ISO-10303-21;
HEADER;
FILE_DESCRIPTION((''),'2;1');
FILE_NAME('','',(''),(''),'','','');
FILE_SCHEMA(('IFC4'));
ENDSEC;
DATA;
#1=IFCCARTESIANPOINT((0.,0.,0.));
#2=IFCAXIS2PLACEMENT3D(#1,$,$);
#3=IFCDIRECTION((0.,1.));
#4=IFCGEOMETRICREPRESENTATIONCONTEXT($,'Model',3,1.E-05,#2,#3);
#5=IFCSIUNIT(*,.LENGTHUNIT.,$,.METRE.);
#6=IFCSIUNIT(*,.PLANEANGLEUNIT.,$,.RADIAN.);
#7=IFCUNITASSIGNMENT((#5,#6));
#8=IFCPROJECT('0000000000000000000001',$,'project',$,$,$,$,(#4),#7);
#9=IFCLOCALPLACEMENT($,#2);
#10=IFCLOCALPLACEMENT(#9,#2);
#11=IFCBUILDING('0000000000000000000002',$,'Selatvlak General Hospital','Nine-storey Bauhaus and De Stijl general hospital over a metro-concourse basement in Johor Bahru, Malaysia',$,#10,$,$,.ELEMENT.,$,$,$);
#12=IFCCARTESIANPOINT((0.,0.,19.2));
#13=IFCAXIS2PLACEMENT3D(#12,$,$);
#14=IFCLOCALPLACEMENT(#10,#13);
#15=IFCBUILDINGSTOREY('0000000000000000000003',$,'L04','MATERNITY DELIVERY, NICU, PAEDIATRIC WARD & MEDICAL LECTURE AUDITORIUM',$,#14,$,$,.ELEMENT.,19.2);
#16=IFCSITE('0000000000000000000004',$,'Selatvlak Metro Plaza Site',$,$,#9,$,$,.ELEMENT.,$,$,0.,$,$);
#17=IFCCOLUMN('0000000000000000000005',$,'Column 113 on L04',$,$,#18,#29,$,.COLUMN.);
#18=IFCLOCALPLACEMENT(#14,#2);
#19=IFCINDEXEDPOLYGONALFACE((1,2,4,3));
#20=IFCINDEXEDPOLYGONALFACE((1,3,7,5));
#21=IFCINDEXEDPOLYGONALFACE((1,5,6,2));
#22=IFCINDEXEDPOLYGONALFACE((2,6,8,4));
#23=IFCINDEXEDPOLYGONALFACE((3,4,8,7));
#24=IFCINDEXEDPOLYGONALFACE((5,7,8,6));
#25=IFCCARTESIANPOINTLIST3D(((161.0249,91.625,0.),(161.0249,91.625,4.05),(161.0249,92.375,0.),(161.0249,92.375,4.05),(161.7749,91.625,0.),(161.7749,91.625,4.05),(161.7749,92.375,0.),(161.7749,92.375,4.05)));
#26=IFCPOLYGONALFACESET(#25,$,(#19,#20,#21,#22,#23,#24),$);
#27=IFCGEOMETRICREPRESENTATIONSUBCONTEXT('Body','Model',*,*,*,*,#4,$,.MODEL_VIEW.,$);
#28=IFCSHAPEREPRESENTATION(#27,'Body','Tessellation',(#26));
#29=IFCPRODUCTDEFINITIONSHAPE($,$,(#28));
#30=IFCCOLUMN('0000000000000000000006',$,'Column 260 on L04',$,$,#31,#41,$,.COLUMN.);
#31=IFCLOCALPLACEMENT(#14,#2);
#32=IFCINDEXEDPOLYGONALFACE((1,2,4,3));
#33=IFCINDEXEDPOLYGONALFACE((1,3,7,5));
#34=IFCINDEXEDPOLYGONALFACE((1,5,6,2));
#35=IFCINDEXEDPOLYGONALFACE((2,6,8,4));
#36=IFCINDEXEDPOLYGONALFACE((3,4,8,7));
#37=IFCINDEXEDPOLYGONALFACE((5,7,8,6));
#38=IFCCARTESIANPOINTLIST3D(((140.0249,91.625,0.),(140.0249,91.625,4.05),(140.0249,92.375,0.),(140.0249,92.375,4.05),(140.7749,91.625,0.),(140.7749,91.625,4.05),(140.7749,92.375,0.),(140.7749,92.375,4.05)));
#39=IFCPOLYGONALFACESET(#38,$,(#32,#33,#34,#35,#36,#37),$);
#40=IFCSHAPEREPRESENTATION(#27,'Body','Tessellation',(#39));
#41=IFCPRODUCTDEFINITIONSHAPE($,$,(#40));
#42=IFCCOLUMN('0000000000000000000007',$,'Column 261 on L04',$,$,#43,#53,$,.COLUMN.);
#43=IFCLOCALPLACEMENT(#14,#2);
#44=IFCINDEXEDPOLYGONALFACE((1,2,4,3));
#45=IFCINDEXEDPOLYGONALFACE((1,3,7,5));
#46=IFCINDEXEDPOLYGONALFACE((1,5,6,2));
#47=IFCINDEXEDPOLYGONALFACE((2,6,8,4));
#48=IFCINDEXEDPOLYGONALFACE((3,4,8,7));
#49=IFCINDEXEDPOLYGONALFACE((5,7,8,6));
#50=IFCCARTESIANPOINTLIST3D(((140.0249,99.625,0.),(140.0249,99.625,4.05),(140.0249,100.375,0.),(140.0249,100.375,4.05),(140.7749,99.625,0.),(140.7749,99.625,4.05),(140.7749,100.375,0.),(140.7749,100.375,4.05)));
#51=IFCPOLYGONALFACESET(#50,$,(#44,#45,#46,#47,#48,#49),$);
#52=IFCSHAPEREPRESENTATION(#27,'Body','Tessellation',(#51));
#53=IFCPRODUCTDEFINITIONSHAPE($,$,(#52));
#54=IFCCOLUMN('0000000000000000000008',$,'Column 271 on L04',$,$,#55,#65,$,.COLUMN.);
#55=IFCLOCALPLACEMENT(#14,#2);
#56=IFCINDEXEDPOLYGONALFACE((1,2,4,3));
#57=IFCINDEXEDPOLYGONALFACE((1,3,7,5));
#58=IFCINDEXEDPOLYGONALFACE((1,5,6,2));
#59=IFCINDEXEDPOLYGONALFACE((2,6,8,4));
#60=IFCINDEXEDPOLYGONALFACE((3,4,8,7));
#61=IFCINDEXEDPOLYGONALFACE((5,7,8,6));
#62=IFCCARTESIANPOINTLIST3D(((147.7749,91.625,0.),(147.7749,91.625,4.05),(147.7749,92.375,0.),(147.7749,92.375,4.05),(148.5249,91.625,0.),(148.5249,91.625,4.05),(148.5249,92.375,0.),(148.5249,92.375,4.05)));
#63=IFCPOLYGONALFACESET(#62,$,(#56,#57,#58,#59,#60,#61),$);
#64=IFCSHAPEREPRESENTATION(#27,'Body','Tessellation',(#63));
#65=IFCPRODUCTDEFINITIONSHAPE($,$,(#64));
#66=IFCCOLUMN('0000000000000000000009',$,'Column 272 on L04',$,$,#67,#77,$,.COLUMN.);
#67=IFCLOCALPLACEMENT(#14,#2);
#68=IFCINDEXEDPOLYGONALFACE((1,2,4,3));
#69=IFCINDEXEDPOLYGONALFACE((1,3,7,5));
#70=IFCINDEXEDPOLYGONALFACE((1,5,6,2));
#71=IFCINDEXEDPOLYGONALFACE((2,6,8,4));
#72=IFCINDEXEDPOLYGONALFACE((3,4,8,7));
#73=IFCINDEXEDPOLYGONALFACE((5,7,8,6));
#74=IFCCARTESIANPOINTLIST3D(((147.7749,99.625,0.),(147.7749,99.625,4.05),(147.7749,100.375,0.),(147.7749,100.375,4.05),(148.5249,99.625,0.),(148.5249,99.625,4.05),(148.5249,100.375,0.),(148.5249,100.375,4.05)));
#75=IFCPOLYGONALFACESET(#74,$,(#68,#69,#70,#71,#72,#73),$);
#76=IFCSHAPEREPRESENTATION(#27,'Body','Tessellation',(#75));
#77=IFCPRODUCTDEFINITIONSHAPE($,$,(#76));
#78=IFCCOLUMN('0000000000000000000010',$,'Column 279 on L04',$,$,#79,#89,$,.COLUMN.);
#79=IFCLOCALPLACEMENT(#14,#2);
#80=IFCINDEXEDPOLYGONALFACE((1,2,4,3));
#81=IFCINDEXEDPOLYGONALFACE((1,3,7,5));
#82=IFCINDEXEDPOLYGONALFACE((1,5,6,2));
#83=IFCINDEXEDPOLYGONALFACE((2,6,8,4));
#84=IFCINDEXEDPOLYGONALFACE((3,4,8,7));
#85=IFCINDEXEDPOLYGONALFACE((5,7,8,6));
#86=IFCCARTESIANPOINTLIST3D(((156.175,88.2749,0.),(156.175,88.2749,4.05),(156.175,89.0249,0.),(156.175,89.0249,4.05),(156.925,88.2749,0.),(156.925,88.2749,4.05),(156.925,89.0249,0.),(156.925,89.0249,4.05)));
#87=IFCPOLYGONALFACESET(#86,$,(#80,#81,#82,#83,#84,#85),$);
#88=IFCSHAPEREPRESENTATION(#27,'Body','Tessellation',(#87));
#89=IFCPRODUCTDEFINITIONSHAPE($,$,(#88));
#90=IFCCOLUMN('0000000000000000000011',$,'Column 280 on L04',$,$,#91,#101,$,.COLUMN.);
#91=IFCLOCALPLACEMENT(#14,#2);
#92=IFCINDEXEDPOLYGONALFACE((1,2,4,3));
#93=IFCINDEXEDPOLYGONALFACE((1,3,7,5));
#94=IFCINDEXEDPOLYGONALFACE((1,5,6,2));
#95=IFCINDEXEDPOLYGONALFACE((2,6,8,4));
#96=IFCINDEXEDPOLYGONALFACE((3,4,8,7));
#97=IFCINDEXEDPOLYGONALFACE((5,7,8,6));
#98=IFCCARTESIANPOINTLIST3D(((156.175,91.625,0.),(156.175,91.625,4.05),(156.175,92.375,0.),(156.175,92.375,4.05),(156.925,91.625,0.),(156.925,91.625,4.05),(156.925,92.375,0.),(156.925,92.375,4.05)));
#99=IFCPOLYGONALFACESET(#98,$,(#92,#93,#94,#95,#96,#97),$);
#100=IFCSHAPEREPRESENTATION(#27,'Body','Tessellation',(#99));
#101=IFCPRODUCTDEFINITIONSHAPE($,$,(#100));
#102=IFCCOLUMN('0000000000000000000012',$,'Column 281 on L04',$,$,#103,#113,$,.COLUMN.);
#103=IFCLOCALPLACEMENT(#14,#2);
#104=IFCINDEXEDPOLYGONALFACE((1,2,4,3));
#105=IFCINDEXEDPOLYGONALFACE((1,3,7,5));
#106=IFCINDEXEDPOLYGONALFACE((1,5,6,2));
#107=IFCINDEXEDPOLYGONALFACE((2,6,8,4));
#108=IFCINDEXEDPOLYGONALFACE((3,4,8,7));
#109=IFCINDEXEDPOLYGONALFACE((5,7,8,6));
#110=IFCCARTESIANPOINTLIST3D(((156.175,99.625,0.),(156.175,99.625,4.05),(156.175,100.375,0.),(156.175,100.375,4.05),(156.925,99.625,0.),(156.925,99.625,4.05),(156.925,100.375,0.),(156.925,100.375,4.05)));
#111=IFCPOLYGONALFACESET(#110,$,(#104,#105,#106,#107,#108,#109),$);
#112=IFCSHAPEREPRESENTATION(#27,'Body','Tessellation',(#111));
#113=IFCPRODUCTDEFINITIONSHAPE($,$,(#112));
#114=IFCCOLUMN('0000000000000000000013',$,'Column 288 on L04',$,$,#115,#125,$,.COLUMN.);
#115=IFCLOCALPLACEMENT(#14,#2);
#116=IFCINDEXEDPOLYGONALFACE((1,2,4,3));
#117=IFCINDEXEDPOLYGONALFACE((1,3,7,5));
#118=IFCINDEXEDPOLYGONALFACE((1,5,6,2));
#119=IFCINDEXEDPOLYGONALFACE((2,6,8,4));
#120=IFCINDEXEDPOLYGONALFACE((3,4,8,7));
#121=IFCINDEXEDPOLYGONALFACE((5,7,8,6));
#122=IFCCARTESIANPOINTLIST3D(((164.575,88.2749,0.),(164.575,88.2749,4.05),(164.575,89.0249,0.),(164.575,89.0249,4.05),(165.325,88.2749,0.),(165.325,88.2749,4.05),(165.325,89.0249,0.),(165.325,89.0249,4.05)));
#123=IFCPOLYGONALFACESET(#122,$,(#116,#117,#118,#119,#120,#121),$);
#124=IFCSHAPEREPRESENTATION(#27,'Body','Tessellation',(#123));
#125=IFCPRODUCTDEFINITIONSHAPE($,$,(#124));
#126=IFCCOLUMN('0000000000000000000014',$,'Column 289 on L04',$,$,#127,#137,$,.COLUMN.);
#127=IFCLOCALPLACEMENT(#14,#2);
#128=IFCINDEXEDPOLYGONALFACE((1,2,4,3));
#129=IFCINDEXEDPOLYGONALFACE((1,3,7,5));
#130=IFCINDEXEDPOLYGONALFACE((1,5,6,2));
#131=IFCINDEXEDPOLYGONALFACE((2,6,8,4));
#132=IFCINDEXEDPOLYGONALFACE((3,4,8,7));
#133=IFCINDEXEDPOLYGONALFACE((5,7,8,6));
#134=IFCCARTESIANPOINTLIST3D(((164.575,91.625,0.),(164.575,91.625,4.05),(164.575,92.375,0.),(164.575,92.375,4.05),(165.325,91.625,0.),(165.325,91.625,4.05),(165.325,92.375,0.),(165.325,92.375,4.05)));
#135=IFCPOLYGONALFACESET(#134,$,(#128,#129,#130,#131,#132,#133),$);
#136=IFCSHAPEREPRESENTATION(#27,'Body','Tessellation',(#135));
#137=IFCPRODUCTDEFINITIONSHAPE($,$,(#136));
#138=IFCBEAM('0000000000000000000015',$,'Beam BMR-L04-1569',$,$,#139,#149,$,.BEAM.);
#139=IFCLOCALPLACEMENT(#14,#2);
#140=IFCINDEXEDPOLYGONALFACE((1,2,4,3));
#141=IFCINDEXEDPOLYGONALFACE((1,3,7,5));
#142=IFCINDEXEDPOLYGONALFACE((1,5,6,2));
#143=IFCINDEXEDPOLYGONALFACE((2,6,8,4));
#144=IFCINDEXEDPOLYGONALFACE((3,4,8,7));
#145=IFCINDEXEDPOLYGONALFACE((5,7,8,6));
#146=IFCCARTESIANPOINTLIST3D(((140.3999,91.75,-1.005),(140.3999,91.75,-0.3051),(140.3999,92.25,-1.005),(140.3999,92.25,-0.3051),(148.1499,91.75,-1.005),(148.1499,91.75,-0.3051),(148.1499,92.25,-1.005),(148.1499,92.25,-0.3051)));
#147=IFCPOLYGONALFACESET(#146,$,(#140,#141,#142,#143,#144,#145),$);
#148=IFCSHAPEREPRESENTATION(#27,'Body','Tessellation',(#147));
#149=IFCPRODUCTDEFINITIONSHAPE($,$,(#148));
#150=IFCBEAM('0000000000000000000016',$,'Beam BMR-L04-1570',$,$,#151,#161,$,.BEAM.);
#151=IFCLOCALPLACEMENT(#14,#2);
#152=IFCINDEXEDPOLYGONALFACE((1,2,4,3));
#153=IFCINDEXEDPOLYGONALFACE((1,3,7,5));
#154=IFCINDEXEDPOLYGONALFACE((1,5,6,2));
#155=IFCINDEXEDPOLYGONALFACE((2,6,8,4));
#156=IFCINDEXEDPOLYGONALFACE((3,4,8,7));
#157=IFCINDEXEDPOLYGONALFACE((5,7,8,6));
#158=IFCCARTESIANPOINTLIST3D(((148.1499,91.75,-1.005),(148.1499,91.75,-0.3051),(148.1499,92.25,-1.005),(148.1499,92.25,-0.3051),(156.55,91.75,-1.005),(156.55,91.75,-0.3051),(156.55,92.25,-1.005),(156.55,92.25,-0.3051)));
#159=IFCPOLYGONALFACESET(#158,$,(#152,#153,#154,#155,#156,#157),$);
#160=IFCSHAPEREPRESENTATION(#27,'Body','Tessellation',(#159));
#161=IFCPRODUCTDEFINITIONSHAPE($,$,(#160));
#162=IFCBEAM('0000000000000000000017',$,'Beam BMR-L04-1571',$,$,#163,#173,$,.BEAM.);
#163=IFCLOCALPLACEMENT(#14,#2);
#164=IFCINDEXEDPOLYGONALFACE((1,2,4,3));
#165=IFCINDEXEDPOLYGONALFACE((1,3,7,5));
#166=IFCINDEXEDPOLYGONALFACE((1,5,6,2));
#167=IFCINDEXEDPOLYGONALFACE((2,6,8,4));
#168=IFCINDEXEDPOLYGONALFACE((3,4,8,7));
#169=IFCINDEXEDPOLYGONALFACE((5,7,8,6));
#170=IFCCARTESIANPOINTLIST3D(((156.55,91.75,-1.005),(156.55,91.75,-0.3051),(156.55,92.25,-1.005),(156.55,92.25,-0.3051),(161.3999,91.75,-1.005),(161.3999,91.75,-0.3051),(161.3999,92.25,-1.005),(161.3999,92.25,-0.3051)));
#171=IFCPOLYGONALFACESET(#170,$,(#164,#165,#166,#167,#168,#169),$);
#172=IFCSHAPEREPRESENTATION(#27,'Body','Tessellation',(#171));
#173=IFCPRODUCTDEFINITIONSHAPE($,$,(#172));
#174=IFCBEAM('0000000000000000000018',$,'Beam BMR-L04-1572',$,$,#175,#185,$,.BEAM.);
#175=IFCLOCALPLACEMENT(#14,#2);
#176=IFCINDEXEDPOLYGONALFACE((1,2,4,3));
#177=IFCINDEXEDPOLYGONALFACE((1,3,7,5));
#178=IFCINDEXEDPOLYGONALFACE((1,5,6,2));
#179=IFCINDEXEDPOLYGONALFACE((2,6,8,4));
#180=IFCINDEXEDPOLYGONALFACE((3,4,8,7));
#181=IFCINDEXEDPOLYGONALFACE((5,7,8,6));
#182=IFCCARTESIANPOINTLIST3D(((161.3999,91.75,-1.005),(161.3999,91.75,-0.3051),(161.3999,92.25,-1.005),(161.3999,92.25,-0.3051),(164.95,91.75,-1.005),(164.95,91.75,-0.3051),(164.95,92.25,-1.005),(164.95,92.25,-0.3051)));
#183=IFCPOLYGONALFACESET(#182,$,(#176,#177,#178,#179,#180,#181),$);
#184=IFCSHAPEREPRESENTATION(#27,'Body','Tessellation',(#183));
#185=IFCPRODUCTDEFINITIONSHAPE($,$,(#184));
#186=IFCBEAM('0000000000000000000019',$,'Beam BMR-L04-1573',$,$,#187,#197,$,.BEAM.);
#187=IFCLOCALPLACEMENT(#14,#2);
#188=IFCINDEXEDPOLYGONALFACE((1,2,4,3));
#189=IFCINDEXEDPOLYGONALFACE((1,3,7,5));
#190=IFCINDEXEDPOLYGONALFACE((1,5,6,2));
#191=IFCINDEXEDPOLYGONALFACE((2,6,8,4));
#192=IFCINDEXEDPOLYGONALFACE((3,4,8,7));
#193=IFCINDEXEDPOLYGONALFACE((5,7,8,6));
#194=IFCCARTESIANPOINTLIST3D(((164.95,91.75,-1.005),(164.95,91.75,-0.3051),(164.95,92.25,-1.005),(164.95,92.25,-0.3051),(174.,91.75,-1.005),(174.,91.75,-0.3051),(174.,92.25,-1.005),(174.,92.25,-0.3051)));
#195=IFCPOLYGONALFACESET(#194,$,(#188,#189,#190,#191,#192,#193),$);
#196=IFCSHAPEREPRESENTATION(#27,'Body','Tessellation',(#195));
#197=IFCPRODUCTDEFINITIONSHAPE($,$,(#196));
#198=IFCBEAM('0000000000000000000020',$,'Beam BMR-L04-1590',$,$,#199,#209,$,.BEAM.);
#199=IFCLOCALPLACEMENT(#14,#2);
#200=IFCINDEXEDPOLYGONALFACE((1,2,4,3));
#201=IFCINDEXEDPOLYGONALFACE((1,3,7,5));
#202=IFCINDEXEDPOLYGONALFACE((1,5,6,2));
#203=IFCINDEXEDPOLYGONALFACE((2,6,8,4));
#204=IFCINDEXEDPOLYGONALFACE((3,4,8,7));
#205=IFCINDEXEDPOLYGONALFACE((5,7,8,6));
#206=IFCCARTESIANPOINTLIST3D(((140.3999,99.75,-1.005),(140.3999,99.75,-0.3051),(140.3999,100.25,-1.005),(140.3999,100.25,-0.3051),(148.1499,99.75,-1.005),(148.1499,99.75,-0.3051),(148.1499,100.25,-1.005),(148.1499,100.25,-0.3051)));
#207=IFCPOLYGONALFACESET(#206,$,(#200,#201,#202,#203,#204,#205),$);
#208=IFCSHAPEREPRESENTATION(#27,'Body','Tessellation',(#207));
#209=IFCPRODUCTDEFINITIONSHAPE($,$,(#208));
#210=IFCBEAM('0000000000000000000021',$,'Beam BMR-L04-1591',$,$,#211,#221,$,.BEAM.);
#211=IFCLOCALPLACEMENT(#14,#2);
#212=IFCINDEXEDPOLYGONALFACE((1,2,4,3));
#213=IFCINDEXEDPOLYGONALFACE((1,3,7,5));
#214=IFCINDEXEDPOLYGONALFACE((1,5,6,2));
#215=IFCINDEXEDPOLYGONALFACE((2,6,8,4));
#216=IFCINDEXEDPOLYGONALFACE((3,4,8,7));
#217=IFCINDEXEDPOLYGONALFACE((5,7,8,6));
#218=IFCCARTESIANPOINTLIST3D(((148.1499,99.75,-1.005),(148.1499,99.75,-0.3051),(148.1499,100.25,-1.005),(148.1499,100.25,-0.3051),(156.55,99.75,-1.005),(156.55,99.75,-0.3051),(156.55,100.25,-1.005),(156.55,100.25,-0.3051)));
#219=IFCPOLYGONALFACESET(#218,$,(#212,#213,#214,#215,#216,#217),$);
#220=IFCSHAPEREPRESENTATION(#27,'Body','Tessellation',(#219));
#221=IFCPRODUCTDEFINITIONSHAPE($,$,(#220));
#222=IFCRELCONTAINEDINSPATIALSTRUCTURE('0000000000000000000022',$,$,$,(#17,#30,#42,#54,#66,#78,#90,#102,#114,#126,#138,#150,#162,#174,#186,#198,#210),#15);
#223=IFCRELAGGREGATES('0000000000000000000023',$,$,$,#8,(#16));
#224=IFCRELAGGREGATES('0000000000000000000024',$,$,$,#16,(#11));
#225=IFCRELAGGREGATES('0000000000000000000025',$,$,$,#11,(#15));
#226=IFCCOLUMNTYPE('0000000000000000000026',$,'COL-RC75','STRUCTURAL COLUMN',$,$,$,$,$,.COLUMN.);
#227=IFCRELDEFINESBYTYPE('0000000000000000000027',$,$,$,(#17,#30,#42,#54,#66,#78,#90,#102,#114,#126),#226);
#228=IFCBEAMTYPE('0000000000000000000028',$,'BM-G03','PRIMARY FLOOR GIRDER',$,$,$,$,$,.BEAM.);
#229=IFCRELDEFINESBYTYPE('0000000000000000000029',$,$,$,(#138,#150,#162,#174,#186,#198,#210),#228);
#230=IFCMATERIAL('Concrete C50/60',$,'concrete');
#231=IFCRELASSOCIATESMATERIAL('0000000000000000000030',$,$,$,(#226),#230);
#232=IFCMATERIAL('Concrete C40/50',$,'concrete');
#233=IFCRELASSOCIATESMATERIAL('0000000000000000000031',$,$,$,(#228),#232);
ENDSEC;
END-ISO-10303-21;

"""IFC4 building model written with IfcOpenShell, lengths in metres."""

from ifc_helpers import new_model, si_unit, direction, frame, origin, origin_2d, place, context, subcontext, project, spatial, rectangle, extrude, material, material_profile, profile_set, type_object, element, save


model = new_model("IFC4")

# Units and contexts
model_context = context("Model", 3, precision=1e-05, world=origin(), true_north=direction((0.0, 1.0)))
body_context = subcontext(model_context, "Body", "Model", "MODEL_VIEW")
ifc_project = project(units=[si_unit("LENGTHUNIT", "METRE"), si_unit("PLANEANGLEUNIT", "RADIAN")], contexts=[model_context])

# Site, building, storey
site_placement = place(None, origin())
site = spatial("IfcSite", under=ifc_project, at=site_placement, Name="Selatvlak Metro Plaza Site", CompositionType="ELEMENT", RefElevation=0.0)
building_placement = place(site_placement, origin())
building = spatial("IfcBuilding", under=site, at=building_placement, Name="Selatvlak General Hospital", Description="Nine-storey Bauhaus and De Stijl general hospital over a metro-concourse basement in Johor Bahru, Malaysia", CompositionType="ELEMENT")
storey_placement = place(building_placement, frame((0.0, 0.0, 19.2)))
storey = spatial("IfcBuildingStorey", under=building, at=storey_placement, Name="L04", Description="MATERNITY DELIVERY, NICU, PAEDIATRIC WARD & MEDICAL LECTURE AUDITORIUM", CompositionType="ELEMENT", Elevation=19.2)

# Columns
ifc_material_1 = material(Name="Concrete C50/60", Category="concrete")
ifc_material_profile_1 = material_profile(ifc_material_1, rectangle(XDim=0.75, YDim=0.75, at=origin_2d()), Name="RC-COL 750x750")
ifc_profile_set_1 = profile_set([ifc_material_profile_1], Name="Concrete C50/60")
column_type = type_object("IfcColumnType", Name="COL-RC75", Description="STRUCTURAL COLUMN", PredefinedType="COLUMN", material=ifc_profile_set_1)
for number, where, z_axis, x_axis, name in (
    (1, (161.3999, 92.0, 0.0), (0.0, 0.0, 1.0), (1.0, 0.0, 0.0), "Column 113 on L04"),
    (2, (140.3999, 92.0, 0.0), (0.0, 0.0, 1.0), (1.0, 0.0, 0.0), "Column 260 on L04"),
    (3, (140.3999, 100.0, 0.0), (0.0, 0.0, 1.0), (1.0, 0.0, 0.0), "Column 261 on L04"),
    (4, (148.1499, 92.0, 0.0), (0.0, 0.0, 1.0), (1.0, 0.0, 0.0), "Column 271 on L04"),
    (5, (148.1499, 100.0, 0.0), (0.0, 0.0, 1.0), (1.0, 0.0, 0.0), "Column 272 on L04"),
    (6, (156.55, 88.6499, 0.0), (0.0, 0.0, 1.0), (1.0, 0.0, 0.0), "Column 279 on L04"),
    (7, (156.55, 92.0, 0.0), (0.0, 0.0, 1.0), (1.0, 0.0, 0.0), "Column 280 on L04"),
    (8, (156.55, 100.0, 0.0), (0.0, 0.0, 1.0), (1.0, 0.0, 0.0), "Column 281 on L04"),
    (9, (164.95, 88.6499, 0.0), (0.0, 0.0, 1.0), (1.0, 0.0, 0.0), "Column 288 on L04"),
    (10, (164.95, 92.0, 0.0), (0.0, 0.0, 1.0), (1.0, 0.0, 0.0), "Column 289 on L04"),
):
    element("IfcColumn", number, at=place(storey_placement, frame(where, z_axis=z_axis, x_axis=x_axis)), inside=storey, type_object=column_type, Name=name, PredefinedType="COLUMN", context=body_context, shape_type="SweptSolid", body=[
        extrude(rectangle(XDim=0.75, YDim=0.75, at=origin_2d()), origin(), (0.0, 0.0, 1.0), 4.05),
    ])

# Beams
ifc_material_2 = material(Name="Concrete C40/50", Category="concrete")
ifc_material_profile_2 = material_profile(ifc_material_2, rectangle(XDim=0.5, YDim=0.7, at=origin_2d()), Name="RC-BM 500x700")
ifc_profile_set_2 = profile_set([ifc_material_profile_2], Name="Concrete C40/50")
beam_type_1 = type_object("IfcBeamType", Name="BM-G03", Description="PRIMARY FLOOR GIRDER", PredefinedType="BEAM", material=ifc_profile_set_2)
beam_1_placement = place(storey_placement, frame((140.3999, 92.0, -0.655), z_axis=(1.0, 0.0, 0.0), x_axis=(0.0, 1.0, 0.0)))
element("IfcBeam", 11, at=beam_1_placement, inside=storey, type_object=beam_type_1, Name="Beam BMR-L04-1569", PredefinedType="BEAM", context=body_context, shape_type="SweptSolid", body=[
    extrude(rectangle(XDim=0.5, YDim=0.7, at=origin_2d()), origin(), (0.0, 0.0, 1.0), 7.75),
])
beam_2_placement = place(storey_placement, frame((148.1499, 92.0, -0.655), z_axis=(1.0, 0.0, 0.0), x_axis=(0.0, 1.0, 0.0)))
element("IfcBeam", 12, at=beam_2_placement, inside=storey, type_object=beam_type_1, Name="Beam BMR-L04-1570", PredefinedType="BEAM", context=body_context, shape_type="SweptSolid", body=[
    extrude(rectangle(XDim=0.5, YDim=0.7, at=origin_2d()), origin(), (0.0, 0.0, 1.0), 8.4001),
])
beam_3_placement = place(storey_placement, frame((156.55, 92.0, -0.655), z_axis=(1.0, 0.0, 0.0), x_axis=(0.0, 1.0, 0.0)))
element("IfcBeam", 13, at=beam_3_placement, inside=storey, type_object=beam_type_1, Name="Beam BMR-L04-1571", PredefinedType="BEAM", context=body_context, shape_type="SweptSolid", body=[
    extrude(rectangle(XDim=0.5, YDim=0.7, at=origin_2d()), origin(), (0.0, 0.0, 1.0), 4.8499),
])
beam_4_placement = place(storey_placement, frame((161.3999, 92.0, -0.655), z_axis=(1.0, 0.0, 0.0), x_axis=(0.0, 1.0, 0.0)))
element("IfcBeam", 14, at=beam_4_placement, inside=storey, type_object=beam_type_1, Name="Beam BMR-L04-1572", PredefinedType="BEAM", context=body_context, shape_type="SweptSolid", body=[
    extrude(rectangle(XDim=0.5, YDim=0.7, at=origin_2d()), origin(), (0.0, 0.0, 1.0), 3.55),
])
beam_5_placement = place(storey_placement, frame((164.95, 92.0, -0.655), z_axis=(1.0, 0.0, 0.0), x_axis=(0.0, 1.0, 0.0)))
element("IfcBeam", 15, at=beam_5_placement, inside=storey, type_object=beam_type_1, Name="Beam BMR-L04-1573", PredefinedType="BEAM", context=body_context, shape_type="SweptSolid", body=[
    extrude(rectangle(XDim=0.5, YDim=0.7, at=origin_2d()), origin(), (0.0, 0.0, 1.0), 9.05),
])
beam_6_placement = place(storey_placement, frame((140.3999, 100.0, -0.655), z_axis=(1.0, 0.0, 0.0), x_axis=(0.0, 1.0, 0.0)))
element("IfcBeam", 16, at=beam_6_placement, inside=storey, type_object=beam_type_1, Name="Beam BMR-L04-1590", PredefinedType="BEAM", context=body_context, shape_type="SweptSolid", body=[
    extrude(rectangle(XDim=0.5, YDim=0.7, at=origin_2d()), origin(), (0.0, 0.0, 1.0), 7.75),
])
beam_7_placement = place(storey_placement, frame((148.1499, 100.0, -0.655), z_axis=(1.0, 0.0, 0.0), x_axis=(0.0, 1.0, 0.0)))
element("IfcBeam", 17, at=beam_7_placement, inside=storey, type_object=beam_type_1, Name="Beam BMR-L04-1591", PredefinedType="BEAM", context=body_context, shape_type="SweptSolid", body=[
    extrude(rectangle(XDim=0.5, YDim=0.7, at=origin_2d()), origin(), (0.0, 0.0, 1.0), 8.4001),
])

save(model, "model.ifc")
